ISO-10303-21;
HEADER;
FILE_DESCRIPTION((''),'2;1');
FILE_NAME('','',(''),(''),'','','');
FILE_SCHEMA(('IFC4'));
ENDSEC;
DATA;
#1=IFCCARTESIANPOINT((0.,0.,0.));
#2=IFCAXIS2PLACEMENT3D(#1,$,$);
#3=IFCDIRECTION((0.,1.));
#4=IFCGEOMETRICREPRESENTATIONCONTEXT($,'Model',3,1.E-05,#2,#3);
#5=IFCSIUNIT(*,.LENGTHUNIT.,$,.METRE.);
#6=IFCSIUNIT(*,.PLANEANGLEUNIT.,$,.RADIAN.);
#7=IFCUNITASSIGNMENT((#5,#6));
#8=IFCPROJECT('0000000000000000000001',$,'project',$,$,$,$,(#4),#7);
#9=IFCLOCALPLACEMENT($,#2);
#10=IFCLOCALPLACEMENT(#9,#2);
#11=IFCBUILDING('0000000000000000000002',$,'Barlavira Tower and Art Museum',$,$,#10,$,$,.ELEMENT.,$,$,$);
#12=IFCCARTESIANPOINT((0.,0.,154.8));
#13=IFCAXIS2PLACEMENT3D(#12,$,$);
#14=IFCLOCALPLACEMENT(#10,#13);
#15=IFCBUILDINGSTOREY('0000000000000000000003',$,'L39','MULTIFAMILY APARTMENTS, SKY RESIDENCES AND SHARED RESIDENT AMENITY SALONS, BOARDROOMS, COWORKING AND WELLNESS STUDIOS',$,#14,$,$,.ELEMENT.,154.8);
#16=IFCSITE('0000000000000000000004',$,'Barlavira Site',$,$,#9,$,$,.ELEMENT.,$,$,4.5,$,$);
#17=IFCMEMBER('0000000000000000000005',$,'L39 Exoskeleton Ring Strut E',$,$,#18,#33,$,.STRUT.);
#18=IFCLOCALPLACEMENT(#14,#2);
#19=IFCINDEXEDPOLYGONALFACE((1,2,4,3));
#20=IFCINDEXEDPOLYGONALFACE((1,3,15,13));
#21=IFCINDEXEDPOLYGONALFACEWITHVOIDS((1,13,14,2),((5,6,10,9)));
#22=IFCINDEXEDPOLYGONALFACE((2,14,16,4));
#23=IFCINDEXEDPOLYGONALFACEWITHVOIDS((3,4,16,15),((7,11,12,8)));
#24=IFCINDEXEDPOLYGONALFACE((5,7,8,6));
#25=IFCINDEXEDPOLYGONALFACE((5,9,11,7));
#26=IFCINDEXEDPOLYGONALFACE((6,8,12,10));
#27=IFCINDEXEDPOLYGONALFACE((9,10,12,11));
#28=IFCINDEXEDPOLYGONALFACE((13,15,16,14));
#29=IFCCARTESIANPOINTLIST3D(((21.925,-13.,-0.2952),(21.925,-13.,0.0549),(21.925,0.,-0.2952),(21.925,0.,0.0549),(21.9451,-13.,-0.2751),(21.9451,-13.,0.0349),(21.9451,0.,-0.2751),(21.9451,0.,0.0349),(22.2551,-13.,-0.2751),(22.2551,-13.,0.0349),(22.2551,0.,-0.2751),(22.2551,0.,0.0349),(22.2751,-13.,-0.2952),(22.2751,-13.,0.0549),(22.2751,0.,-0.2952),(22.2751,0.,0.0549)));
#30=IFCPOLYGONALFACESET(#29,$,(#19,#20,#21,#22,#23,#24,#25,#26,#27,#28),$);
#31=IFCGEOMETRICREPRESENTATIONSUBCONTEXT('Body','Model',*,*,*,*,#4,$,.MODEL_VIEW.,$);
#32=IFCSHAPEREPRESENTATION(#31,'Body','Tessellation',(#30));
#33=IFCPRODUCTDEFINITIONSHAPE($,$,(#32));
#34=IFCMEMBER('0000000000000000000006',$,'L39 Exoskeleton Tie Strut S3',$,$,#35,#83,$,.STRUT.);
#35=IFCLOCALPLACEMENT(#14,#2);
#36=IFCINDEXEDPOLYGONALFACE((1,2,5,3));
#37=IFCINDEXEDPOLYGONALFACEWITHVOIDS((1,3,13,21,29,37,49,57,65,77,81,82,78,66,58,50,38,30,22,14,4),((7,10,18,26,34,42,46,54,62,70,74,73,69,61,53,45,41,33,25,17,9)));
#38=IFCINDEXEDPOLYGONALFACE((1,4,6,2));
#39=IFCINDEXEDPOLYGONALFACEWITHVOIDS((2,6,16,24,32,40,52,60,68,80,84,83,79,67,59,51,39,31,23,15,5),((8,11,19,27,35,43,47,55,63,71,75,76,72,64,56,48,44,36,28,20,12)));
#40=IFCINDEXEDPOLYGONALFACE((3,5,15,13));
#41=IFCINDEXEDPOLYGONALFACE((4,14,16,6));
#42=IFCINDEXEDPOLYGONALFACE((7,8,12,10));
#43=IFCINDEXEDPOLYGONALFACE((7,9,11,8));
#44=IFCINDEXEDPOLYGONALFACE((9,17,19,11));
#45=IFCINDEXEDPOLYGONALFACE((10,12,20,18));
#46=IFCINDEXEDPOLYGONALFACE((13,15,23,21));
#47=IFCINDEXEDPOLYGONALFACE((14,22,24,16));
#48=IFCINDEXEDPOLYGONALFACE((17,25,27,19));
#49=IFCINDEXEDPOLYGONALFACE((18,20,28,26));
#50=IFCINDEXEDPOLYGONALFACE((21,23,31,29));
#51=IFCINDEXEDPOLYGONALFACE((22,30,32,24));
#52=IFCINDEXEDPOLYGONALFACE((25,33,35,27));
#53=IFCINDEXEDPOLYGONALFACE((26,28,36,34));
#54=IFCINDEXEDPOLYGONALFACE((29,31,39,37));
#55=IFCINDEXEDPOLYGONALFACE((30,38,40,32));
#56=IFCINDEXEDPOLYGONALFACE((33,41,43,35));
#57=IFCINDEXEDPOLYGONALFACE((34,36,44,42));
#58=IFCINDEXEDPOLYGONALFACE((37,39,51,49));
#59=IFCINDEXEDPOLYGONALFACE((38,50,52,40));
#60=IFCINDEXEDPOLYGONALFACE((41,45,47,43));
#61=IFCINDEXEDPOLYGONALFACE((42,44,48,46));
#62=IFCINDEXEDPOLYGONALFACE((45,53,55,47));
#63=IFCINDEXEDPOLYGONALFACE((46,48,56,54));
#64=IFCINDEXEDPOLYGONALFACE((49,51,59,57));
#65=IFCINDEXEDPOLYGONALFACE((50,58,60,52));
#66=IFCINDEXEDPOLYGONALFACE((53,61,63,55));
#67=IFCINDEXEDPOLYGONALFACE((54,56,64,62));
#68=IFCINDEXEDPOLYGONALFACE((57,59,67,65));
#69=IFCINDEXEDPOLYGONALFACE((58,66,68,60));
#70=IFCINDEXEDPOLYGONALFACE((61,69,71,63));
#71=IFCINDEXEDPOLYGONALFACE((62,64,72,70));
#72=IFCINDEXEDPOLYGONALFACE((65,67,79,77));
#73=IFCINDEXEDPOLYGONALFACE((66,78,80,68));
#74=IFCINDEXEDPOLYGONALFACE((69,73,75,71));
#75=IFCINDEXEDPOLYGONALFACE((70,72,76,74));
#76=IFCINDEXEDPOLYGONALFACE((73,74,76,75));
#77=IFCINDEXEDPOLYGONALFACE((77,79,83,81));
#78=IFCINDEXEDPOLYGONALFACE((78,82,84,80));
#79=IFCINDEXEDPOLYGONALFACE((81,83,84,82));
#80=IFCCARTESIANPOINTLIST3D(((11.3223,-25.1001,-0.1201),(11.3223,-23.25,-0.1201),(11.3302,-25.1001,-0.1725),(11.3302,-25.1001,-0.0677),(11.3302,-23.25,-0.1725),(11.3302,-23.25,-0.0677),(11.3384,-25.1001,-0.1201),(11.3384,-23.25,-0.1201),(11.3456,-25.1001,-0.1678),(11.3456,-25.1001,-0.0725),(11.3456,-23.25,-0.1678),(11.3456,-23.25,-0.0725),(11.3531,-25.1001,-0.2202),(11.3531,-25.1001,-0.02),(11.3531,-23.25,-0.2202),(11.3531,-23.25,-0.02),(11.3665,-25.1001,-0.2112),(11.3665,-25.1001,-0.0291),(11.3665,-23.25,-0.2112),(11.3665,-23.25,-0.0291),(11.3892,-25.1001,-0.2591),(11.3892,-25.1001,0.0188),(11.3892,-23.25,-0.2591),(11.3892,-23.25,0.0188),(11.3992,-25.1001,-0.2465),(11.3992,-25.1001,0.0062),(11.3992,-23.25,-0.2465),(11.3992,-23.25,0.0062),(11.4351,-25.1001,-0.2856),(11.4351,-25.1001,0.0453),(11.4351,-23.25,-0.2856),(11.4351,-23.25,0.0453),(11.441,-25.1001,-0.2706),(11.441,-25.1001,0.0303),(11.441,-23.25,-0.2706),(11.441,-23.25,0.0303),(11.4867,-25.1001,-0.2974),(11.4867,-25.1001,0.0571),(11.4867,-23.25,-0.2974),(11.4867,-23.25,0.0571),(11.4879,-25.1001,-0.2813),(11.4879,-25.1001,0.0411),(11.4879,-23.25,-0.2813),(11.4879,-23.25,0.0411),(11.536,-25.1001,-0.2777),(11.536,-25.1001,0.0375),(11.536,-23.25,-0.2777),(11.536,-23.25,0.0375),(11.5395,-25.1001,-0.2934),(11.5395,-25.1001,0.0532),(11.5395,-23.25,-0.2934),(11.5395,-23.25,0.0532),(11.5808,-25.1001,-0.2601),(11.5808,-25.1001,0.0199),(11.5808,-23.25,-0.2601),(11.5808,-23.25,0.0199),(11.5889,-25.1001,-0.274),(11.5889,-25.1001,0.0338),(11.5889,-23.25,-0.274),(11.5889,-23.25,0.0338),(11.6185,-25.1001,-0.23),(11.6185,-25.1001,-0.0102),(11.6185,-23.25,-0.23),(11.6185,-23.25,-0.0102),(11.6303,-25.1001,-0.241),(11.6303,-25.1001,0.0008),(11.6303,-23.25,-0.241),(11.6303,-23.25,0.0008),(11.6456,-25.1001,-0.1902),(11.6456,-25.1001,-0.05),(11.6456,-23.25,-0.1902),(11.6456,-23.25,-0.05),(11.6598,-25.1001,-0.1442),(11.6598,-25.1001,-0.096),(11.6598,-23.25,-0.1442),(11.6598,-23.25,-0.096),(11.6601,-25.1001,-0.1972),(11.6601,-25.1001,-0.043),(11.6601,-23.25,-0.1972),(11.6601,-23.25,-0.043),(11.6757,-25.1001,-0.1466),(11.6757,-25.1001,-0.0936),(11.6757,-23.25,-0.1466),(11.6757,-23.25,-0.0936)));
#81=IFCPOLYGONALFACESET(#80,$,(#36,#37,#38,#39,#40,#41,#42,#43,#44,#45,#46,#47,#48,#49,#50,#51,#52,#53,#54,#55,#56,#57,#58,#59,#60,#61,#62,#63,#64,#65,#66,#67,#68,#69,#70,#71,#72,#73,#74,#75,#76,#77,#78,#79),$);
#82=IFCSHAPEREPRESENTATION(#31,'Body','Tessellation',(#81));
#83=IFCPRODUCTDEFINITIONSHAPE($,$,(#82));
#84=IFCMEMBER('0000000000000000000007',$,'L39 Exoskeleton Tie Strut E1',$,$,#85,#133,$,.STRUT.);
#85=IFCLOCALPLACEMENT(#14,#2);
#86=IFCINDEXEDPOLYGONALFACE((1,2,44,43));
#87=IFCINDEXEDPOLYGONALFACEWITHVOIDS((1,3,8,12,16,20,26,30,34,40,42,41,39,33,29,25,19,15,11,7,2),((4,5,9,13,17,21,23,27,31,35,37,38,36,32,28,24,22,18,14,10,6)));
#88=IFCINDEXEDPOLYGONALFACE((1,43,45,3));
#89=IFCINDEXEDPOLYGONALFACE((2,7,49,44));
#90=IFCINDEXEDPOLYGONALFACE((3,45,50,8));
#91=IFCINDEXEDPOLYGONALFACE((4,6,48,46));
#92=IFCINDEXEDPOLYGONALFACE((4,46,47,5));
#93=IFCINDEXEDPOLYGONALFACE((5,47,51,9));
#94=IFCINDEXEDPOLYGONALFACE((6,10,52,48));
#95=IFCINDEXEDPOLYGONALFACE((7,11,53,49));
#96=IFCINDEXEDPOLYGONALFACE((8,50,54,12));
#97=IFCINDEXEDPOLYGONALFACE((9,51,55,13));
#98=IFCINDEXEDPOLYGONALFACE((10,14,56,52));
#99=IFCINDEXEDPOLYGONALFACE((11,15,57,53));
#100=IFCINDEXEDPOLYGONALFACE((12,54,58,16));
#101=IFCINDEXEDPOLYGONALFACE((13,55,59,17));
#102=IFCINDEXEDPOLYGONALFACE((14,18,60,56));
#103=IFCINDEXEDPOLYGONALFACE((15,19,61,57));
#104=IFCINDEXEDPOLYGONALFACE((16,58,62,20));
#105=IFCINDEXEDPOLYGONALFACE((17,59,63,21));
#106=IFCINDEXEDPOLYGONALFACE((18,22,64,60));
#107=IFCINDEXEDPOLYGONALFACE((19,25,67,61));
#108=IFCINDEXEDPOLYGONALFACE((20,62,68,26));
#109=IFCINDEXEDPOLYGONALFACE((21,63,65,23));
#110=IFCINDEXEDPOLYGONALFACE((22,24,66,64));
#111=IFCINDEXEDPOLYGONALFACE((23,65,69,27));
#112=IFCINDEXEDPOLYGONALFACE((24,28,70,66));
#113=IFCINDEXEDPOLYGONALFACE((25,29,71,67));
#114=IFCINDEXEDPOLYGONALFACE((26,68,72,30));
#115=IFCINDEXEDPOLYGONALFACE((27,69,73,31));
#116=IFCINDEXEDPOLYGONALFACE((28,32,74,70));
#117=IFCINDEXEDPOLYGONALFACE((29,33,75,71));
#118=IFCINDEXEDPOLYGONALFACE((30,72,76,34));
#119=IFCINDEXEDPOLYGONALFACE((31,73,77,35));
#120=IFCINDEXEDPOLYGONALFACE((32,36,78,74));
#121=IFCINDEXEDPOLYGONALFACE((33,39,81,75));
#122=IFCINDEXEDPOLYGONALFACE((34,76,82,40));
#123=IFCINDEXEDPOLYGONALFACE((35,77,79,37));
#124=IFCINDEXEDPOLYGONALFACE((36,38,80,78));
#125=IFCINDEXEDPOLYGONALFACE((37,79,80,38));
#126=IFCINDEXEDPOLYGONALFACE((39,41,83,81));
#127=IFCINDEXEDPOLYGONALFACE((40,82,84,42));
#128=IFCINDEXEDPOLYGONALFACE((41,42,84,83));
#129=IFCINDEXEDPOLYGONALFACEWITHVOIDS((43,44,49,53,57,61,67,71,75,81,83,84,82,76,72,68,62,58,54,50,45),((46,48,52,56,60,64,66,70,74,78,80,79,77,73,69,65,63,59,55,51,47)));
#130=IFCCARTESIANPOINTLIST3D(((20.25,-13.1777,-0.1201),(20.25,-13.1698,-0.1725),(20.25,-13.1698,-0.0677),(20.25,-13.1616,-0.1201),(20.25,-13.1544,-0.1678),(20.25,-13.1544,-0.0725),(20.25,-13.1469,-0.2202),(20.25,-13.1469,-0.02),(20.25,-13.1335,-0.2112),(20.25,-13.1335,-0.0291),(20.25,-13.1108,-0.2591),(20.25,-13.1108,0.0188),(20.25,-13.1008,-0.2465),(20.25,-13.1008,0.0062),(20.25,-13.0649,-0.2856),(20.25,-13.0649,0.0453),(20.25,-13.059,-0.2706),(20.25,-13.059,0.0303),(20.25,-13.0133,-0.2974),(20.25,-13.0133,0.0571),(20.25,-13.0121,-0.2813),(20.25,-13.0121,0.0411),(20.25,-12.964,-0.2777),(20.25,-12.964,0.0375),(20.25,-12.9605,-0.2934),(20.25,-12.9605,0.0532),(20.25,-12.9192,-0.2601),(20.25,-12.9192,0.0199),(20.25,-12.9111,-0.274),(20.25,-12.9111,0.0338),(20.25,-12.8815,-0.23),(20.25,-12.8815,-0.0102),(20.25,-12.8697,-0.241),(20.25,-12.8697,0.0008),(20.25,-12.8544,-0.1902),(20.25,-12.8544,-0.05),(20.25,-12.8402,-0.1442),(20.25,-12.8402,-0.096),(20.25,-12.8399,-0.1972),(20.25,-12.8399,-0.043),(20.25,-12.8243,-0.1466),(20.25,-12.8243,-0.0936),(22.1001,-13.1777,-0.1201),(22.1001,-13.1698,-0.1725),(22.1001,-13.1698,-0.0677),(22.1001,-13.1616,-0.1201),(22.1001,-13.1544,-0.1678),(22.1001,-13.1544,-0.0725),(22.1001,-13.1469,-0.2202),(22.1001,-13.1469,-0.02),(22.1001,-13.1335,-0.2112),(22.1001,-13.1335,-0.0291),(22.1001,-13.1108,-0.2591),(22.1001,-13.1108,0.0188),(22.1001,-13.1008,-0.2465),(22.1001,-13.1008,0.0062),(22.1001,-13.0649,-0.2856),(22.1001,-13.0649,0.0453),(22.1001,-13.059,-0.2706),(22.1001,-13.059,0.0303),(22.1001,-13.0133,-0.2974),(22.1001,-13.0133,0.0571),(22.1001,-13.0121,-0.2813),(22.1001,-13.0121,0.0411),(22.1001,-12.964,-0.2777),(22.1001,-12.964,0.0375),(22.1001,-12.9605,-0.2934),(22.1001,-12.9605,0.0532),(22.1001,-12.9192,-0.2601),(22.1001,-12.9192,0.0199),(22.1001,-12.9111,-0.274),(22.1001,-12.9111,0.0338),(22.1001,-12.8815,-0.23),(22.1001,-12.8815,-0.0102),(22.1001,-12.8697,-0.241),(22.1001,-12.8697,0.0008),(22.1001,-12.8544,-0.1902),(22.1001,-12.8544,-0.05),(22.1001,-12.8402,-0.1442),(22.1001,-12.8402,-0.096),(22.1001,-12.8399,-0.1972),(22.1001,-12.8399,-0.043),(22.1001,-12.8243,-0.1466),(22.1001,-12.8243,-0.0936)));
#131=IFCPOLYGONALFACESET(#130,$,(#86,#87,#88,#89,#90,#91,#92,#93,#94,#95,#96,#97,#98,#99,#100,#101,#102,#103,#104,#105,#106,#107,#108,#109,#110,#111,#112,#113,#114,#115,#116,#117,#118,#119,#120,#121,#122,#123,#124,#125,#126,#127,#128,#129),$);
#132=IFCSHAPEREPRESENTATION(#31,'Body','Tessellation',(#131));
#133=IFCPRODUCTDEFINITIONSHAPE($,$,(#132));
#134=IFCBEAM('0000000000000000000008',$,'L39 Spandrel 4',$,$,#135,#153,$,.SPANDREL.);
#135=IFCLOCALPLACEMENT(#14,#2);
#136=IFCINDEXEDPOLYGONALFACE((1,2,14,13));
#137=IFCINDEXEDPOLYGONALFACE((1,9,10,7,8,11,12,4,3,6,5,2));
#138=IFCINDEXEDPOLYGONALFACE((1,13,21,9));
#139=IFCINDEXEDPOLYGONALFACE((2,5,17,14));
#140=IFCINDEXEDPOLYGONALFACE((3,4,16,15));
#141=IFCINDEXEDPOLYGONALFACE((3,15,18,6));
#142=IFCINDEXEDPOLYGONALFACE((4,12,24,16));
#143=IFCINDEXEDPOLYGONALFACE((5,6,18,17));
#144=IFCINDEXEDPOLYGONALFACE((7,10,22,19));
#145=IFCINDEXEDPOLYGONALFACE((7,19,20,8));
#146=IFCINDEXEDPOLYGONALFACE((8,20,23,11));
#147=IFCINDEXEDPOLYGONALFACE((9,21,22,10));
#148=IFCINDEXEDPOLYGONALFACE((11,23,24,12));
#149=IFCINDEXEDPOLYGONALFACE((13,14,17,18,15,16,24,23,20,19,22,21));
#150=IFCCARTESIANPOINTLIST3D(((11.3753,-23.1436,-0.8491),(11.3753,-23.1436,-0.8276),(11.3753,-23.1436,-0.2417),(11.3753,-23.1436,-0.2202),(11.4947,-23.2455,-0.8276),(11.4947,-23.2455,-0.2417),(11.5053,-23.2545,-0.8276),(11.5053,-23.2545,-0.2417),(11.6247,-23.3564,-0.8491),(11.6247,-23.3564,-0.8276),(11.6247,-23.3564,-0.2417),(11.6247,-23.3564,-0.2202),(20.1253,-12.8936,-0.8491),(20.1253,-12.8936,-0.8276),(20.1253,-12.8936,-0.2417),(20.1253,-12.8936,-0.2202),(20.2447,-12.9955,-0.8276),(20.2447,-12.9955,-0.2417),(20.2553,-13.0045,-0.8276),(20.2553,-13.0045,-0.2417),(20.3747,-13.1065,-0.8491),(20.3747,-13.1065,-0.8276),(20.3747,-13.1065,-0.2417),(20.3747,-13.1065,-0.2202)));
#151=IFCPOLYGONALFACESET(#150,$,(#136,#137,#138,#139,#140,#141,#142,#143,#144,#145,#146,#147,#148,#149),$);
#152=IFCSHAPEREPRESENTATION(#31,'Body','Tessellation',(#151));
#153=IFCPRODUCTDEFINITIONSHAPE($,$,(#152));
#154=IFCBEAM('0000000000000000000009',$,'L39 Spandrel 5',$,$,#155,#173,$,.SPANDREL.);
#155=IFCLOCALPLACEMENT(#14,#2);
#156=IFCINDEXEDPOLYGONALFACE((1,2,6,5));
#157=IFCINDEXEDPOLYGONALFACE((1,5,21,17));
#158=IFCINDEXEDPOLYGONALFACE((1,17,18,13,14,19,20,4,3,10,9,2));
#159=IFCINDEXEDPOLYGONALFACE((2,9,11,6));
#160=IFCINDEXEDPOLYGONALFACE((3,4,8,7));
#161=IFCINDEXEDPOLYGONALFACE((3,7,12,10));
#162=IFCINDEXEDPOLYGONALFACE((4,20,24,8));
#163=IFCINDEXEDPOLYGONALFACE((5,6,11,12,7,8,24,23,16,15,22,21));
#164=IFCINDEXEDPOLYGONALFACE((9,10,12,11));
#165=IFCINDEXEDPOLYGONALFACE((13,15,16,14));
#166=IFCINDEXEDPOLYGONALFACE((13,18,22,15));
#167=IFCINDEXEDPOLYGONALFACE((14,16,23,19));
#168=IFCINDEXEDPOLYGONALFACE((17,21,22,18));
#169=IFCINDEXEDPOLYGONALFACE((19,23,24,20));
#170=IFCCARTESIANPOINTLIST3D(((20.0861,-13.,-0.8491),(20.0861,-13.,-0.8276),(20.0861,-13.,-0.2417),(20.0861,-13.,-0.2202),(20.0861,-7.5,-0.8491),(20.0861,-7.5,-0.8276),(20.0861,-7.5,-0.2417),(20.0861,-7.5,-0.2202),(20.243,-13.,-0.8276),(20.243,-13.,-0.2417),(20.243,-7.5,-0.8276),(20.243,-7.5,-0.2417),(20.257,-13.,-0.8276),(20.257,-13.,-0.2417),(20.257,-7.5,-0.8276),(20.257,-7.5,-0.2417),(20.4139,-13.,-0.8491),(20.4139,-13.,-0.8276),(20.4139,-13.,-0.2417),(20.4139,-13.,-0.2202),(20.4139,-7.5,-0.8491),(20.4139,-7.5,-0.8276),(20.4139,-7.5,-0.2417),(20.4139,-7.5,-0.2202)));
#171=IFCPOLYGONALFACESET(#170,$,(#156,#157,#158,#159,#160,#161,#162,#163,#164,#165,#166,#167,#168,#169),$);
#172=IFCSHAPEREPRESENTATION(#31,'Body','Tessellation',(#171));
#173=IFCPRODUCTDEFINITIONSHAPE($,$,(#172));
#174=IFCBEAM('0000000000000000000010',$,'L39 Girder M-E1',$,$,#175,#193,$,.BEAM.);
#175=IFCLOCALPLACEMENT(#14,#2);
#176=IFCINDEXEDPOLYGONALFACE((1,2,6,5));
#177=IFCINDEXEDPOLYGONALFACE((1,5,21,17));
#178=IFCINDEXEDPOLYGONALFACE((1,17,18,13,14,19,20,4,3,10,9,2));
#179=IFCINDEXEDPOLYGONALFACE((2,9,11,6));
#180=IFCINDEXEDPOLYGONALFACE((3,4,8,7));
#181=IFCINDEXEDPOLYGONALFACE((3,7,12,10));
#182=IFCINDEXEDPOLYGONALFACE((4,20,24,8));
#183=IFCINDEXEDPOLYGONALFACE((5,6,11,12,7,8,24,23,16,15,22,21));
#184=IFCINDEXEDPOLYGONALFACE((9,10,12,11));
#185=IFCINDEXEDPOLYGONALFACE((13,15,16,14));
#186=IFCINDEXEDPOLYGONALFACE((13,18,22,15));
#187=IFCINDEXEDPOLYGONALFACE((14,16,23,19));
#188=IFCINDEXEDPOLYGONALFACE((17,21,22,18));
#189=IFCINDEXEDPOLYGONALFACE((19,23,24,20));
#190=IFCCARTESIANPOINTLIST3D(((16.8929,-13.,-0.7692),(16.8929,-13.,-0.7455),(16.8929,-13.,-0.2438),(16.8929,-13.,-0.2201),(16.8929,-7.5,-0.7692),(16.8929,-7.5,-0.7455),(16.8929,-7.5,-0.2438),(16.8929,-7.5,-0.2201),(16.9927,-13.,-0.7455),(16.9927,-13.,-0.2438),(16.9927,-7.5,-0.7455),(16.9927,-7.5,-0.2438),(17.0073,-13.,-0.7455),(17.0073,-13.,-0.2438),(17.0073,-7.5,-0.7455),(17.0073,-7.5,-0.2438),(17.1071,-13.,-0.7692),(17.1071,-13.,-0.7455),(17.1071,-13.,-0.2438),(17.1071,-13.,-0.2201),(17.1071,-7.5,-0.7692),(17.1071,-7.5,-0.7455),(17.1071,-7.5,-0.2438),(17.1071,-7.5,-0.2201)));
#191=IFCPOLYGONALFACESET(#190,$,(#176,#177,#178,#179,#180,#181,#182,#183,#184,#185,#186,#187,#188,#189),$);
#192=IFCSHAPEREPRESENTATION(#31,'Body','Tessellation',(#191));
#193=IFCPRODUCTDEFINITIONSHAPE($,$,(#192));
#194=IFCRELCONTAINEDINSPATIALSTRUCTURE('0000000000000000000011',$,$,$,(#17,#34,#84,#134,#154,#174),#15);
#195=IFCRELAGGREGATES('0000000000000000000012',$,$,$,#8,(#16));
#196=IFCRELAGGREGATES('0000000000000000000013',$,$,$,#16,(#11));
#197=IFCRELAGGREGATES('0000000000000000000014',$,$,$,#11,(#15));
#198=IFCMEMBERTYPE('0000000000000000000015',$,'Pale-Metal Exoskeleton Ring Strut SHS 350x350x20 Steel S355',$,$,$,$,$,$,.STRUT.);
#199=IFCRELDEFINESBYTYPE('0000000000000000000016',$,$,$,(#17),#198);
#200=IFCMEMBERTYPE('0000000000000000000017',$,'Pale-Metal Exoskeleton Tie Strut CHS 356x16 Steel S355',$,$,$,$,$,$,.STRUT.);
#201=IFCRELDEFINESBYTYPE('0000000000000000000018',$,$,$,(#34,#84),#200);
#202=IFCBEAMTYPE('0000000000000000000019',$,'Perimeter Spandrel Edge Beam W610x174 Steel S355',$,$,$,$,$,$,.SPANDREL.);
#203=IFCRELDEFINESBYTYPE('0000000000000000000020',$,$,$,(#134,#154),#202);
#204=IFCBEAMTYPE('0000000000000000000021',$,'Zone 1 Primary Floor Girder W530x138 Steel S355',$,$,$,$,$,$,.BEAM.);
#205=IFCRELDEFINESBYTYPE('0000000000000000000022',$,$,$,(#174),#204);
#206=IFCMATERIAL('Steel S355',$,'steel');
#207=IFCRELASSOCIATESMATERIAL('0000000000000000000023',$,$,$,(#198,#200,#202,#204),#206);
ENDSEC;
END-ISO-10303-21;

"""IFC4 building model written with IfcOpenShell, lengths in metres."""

from ifc_helpers import new_model, si_unit, direction, frame, origin, origin_2d, place, context, subcontext, project, spatial, hollow_rectangle, hollow_circle, i_section, extrude, material, material_profile, profile_set, type_object, element, save


model = new_model("IFC4")

# Units and contexts
model_context = context("Model", 3, precision=1e-05, world=origin(), true_north=direction((0.0, 1.0)))
body_context = subcontext(model_context, "Body", "Model", "MODEL_VIEW")
ifc_project = project(units=[si_unit("LENGTHUNIT", "METRE"), si_unit("PLANEANGLEUNIT", "RADIAN")], contexts=[model_context])

# Site, building, storey
site_placement = place(None, origin())
site = spatial("IfcSite", under=ifc_project, at=site_placement, Name="Barlavira Site", CompositionType="ELEMENT", RefElevation=4.5)
building_placement = place(site_placement, origin())
building = spatial("IfcBuilding", under=site, at=building_placement, Name="Barlavira Tower and Art Museum", CompositionType="ELEMENT")
storey_placement = place(building_placement, frame((0.0, 0.0, 154.8)))
storey = spatial("IfcBuildingStorey", under=building, at=storey_placement, Name="L39", Description="MULTIFAMILY APARTMENTS, SKY RESIDENCES AND SHARED RESIDENT AMENITY SALONS, BOARDROOMS, COWORKING AND WELLNESS STUDIOS", CompositionType="ELEMENT", Elevation=154.8)

# Members
ifc_material_1 = material(Name="Steel S355", Category="steel")
ifc_material_profile_1 = material_profile(ifc_material_1, hollow_rectangle(XDim=0.3501, YDim=0.3501, WallThickness=0.02, at=origin_2d()), Name="SHS 350x350x20.0")
ifc_profile_set_1 = profile_set([ifc_material_profile_1], Name="Steel S355")
member_type_1 = type_object("IfcMemberType", Name="Pale-Metal Exoskeleton Ring Strut SHS 350x350x20 Steel S355", PredefinedType="STRUT", material=ifc_profile_set_1)
member_1_placement = place(storey_placement, frame((22.1001, -13.0, -0.1201), z_axis=(0.0, 1.0, 0.0), x_axis=(-1.0, 0.0, 0.0)))
element("IfcMember", 1, at=member_1_placement, inside=storey, type_object=member_type_1, Name="L39 Exoskeleton Ring Strut E", PredefinedType="STRUT", context=body_context, shape_type="SweptSolid", body=[
    extrude(hollow_rectangle(XDim=0.3501, YDim=0.3501, WallThickness=0.02, at=origin_2d()), origin(), (0.0, 0.0, 1.0), 13.0),
])
ifc_material_profile_2 = material_profile(ifc_material_1, hollow_circle(Radius=0.1777, WallThickness=0.0161, at=origin_2d()), Name="CHS 355.6x16.0")
ifc_profile_set_2 = profile_set([ifc_material_profile_2], Name="Steel S355")
member_type_2 = type_object("IfcMemberType", Name="Pale-Metal Exoskeleton Tie Strut CHS 356x16 Steel S355", PredefinedType="STRUT", material=ifc_profile_set_2)
for number, where, z_axis, x_axis, name in (
    (2, (11.5, -25.1001, -0.1201), (0.0, 1.0, 0.0), (-1.0, 0.0, 0.0), "L39 Exoskeleton Tie Strut S3"),
    (3, (22.1001, -13.0, -0.1201), (-1.0, 0.0, 0.0), (0.0, -1.0, 0.0), "L39 Exoskeleton Tie Strut E1"),
):
    element("IfcMember", number, at=place(storey_placement, frame(where, z_axis=z_axis, x_axis=x_axis)), inside=storey, type_object=member_type_2, Name=name, PredefinedType="STRUT", context=body_context, shape_type="SweptSolid", body=[
        extrude(hollow_circle(Radius=0.1777, WallThickness=0.0161, at=origin_2d()), origin(), (0.0, 0.0, 1.0), 1.8501),
    ])

# Beams
ifc_material_profile_3 = material_profile(ifc_material_1, i_section(OverallWidth=0.3279, OverallDepth=0.6289, WebThickness=0.0139, FlangeThickness=0.0215, at=origin_2d()), Name="W610x174.0")
ifc_profile_set_3 = profile_set([ifc_material_profile_3], Name="Steel S355")
beam_type_1 = type_object("IfcBeamType", Name="Perimeter Spandrel Edge Beam W610x174 Steel S355", PredefinedType="SPANDREL", material=ifc_profile_set_3)
beam_1_placement = place(storey_placement, frame((11.5, -23.25, -0.5347), z_axis=(0.649262, 0.760565, 0.0), x_axis=(-0.760565, 0.649262, 0.0)))
element("IfcBeam", 4, at=beam_1_placement, inside=storey, type_object=beam_type_1, Name="L39 Spandrel 4", PredefinedType="SPANDREL", context=body_context, shape_type="SweptSolid", body=[
    extrude(i_section(OverallWidth=0.3279, OverallDepth=0.6289, WebThickness=0.0139, FlangeThickness=0.0215, at=origin_2d()), origin(), (0.0, 0.0, 1.0), 13.4768),
])
beam_2_placement = place(storey_placement, frame((20.25, -13.0, -0.5347), z_axis=(0.0, 1.0, 0.0), x_axis=(-1.0, 0.0, 0.0)))
element("IfcBeam", 5, at=beam_2_placement, inside=storey, type_object=beam_type_1, Name="L39 Spandrel 5", PredefinedType="SPANDREL", context=body_context, shape_type="SweptSolid", body=[
    extrude(i_section(OverallWidth=0.3279, OverallDepth=0.6289, WebThickness=0.0139, FlangeThickness=0.0215, at=origin_2d()), origin(), (0.0, 0.0, 1.0), 5.5),
])
ifc_material_profile_4 = material_profile(ifc_material_1, i_section(OverallWidth=0.2141, OverallDepth=0.5491, WebThickness=0.0146, FlangeThickness=0.0237, at=origin_2d()), Name="W530x138.0")
ifc_profile_set_4 = profile_set([ifc_material_profile_4], Name="Steel S355")
beam_type_2 = type_object("IfcBeamType", Name="Zone 1 Primary Floor Girder W530x138 Steel S355", PredefinedType="BEAM", material=ifc_profile_set_4)
for number, where, z_axis, x_axis, name in (
    (6, (17.0, -13.0, -0.4946), (0.0, 1.0, 0.0), (-1.0, 0.0, 0.0), "L39 Girder M-E1"),
):
    element("IfcBeam", number, at=place(storey_placement, frame(where, z_axis=z_axis, x_axis=x_axis)), inside=storey, type_object=beam_type_2, Name=name, PredefinedType="BEAM", context=body_context, shape_type="SweptSolid", body=[
        extrude(i_section(OverallWidth=0.2141, OverallDepth=0.5491, WebThickness=0.0146, FlangeThickness=0.0237, at=origin_2d()), origin(), (0.0, 0.0, 1.0), 5.5),
    ])

save(model, "model.ifc")
